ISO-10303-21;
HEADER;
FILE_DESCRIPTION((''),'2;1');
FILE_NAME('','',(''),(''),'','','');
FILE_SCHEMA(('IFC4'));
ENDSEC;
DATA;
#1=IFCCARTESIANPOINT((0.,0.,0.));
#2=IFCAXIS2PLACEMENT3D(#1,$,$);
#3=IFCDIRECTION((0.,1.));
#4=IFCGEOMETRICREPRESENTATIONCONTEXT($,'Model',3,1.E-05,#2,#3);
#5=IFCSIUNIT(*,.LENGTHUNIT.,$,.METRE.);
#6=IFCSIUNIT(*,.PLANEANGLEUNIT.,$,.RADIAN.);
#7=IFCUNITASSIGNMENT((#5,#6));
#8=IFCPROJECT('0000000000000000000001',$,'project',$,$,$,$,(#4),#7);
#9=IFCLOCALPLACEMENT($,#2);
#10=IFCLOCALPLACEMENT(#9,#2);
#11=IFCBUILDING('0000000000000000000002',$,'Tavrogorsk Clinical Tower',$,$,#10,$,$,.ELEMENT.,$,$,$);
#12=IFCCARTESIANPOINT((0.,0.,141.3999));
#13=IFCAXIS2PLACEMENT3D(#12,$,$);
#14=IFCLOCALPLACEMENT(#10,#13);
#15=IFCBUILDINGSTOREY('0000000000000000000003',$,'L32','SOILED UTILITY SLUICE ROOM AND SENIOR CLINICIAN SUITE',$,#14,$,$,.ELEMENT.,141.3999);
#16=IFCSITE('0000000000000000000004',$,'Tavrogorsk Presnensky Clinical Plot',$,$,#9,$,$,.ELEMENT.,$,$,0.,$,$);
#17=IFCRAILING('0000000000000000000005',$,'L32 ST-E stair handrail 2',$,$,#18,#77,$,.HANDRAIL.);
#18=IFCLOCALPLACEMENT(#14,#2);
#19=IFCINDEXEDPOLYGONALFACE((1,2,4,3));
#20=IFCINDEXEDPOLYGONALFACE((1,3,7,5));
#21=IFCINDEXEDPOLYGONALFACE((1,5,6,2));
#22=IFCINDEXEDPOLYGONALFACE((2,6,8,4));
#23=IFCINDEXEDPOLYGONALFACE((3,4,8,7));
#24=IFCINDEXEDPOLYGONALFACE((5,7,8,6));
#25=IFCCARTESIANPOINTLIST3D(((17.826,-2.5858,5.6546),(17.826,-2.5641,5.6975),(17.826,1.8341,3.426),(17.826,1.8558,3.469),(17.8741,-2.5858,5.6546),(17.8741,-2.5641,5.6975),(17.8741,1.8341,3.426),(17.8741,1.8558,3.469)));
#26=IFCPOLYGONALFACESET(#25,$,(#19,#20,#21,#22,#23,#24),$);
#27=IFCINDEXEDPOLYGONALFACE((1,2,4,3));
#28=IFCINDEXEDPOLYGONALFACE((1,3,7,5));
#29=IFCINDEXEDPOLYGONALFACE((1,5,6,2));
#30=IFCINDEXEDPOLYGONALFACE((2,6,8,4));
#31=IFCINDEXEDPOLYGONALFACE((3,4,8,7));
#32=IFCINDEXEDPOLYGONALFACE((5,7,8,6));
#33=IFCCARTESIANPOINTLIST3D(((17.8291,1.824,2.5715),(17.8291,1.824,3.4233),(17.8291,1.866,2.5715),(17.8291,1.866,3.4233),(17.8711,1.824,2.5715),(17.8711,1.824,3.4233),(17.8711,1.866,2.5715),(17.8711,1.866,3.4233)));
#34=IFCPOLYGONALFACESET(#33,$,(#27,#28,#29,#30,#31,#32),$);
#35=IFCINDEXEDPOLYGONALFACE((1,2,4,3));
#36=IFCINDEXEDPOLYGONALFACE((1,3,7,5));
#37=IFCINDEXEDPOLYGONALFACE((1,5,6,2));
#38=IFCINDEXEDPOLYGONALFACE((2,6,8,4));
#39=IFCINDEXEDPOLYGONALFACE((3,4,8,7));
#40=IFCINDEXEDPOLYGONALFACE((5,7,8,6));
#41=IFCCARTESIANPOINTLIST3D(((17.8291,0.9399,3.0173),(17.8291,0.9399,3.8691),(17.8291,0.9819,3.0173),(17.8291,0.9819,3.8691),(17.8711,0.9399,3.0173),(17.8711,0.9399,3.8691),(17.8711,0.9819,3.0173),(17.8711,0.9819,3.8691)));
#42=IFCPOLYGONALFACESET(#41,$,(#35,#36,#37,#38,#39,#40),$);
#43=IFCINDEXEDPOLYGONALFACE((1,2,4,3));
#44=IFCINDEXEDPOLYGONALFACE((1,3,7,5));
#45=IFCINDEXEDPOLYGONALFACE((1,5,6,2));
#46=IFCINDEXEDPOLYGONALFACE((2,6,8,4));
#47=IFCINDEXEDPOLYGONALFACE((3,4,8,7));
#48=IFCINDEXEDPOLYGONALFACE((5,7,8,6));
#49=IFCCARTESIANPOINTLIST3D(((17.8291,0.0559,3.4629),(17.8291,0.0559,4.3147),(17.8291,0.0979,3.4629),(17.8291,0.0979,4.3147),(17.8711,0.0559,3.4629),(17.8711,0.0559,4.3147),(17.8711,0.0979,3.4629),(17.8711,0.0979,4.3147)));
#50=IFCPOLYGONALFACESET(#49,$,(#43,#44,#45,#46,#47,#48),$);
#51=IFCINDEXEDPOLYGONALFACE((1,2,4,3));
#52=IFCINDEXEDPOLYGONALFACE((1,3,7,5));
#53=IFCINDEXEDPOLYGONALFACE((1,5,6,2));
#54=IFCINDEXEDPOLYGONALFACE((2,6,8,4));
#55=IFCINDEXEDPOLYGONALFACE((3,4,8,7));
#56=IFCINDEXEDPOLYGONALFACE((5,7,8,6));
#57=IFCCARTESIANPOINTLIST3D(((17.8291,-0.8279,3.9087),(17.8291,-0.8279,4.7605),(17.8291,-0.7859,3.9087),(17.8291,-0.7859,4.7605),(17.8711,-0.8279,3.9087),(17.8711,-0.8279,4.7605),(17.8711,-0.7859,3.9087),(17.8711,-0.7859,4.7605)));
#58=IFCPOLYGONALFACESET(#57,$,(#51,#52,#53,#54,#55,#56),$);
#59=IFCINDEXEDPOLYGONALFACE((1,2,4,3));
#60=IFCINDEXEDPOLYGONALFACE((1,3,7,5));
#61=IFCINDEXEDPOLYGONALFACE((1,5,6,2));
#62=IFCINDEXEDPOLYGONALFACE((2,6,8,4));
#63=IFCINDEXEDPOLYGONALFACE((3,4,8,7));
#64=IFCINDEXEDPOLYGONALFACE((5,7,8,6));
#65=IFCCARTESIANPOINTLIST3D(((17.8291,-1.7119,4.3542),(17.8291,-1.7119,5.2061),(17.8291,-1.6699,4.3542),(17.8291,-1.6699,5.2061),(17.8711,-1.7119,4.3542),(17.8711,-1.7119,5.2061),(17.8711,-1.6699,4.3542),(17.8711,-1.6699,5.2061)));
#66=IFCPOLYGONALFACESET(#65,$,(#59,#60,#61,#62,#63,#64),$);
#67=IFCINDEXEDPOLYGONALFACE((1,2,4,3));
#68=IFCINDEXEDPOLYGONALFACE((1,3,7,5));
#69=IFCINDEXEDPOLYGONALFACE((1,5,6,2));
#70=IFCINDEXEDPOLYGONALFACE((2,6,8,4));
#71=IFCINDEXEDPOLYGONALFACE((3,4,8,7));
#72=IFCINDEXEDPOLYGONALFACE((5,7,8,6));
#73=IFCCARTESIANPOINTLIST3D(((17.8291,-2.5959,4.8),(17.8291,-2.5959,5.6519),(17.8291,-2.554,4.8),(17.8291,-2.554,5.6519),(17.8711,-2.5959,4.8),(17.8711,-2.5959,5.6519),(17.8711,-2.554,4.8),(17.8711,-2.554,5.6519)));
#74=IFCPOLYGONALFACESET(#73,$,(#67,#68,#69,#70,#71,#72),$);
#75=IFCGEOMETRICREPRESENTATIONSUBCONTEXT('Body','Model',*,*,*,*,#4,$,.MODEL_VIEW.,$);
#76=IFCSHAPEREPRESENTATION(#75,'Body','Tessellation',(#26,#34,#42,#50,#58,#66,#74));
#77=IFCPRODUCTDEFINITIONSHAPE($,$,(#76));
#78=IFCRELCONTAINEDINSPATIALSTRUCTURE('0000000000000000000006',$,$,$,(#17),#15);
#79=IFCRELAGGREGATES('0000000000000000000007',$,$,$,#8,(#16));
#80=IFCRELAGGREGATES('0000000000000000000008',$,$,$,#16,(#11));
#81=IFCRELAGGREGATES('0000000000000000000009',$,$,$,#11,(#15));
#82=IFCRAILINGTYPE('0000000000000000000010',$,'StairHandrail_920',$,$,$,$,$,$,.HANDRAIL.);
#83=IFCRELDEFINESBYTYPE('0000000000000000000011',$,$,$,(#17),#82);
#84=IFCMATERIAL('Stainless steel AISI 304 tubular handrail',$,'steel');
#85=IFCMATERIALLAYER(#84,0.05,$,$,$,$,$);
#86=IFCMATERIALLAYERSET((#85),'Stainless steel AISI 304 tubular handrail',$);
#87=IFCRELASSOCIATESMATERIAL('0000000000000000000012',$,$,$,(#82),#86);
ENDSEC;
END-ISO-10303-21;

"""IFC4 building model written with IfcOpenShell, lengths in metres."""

from ifc_helpers import new_model, si_unit, direction, frame, origin, origin_2d, place, context, subcontext, project, spatial, rectangle, extrude, material, layer, layer_set, type_object, element, save


model = new_model("IFC4")

# Units and contexts
model_context = context("Model", 3, precision=1e-05, world=origin(), true_north=direction((0.0, 1.0)))
body_context = subcontext(model_context, "Body", "Model", "MODEL_VIEW")
ifc_project = project(units=[si_unit("LENGTHUNIT", "METRE"), si_unit("PLANEANGLEUNIT", "RADIAN")], contexts=[model_context])

# Site, building, storey
site_placement = place(None, origin())
site = spatial("IfcSite", under=ifc_project, at=site_placement, Name="Tavrogorsk Presnensky Clinical Plot", CompositionType="ELEMENT", RefElevation=0.0)
building_placement = place(site_placement, origin())
building = spatial("IfcBuilding", under=site, at=building_placement, Name="Tavrogorsk Clinical Tower", CompositionType="ELEMENT")
storey_placement = place(building_placement, frame((0.0, 0.0, 141.3999)))
storey = spatial("IfcBuildingStorey", under=building, at=storey_placement, Name="L32", Description="SOILED UTILITY SLUICE ROOM AND SENIOR CLINICIAN SUITE", CompositionType="ELEMENT", Elevation=141.3999)

# Railing
ifc_material_1 = material(Name="Stainless steel AISI 304 tubular handrail", Category="steel")
ifc_layer_1 = layer(ifc_material_1, 0.05)
ifc_layer_set_1 = layer_set([ifc_layer_1], Name="Stainless steel AISI 304 tubular handrail")
railing_type_1 = type_object("IfcRailingType", Name="StairHandrail_920", PredefinedType="HANDRAIL", material=ifc_layer_set_1)
railing_1_placement = place(storey_placement, frame((17.8501, 1.845, 2.5715)))
element("IfcRailing", 1, at=railing_1_placement, inside=storey, type_object=railing_type_1, Name="L32 ST-E stair handrail 2", PredefinedType="HANDRAIL", context=body_context, shape_type="SweptSolid", body=[
    extrude(rectangle(XDim=0.0481, YDim=0.0481, at=origin_2d()), frame((0.0, 0.0, 0.876), z_axis=(0.0, -0.892923, 0.45021), x_axis=(1.0, 0.0, 0.0)), (0.0, 0.0, 1.0), 4.95),
    extrude(rectangle(XDim=0.042, YDim=0.042, at=origin_2d()), origin(), (0.0, 0.0, 1.0), 0.8518),
    extrude(rectangle(XDim=0.042, YDim=0.042, at=origin_2d()), frame((0.0, -0.884, 0.4458)), (0.0, 0.0, 1.0), 0.8518),
    extrude(rectangle(XDim=0.042, YDim=0.042, at=origin_2d()), frame((0.0, -1.7681, 0.8914)), (0.0, 0.0, 1.0), 0.8518),
    extrude(rectangle(XDim=0.042, YDim=0.042, at=origin_2d()), frame((0.0, -2.6519, 1.3372)), (0.0, 0.0, 1.0), 0.8518),
    extrude(rectangle(XDim=0.042, YDim=0.042, at=origin_2d()), frame((0.0, -3.5359, 1.7827)), (0.0, 0.0, 1.0), 0.8518),
    extrude(rectangle(XDim=0.042, YDim=0.042, at=origin_2d()), frame((0.0, -4.4199, 2.2285)), (0.0, 0.0, 1.0), 0.8518),
])

save(model, "model.ifc")
